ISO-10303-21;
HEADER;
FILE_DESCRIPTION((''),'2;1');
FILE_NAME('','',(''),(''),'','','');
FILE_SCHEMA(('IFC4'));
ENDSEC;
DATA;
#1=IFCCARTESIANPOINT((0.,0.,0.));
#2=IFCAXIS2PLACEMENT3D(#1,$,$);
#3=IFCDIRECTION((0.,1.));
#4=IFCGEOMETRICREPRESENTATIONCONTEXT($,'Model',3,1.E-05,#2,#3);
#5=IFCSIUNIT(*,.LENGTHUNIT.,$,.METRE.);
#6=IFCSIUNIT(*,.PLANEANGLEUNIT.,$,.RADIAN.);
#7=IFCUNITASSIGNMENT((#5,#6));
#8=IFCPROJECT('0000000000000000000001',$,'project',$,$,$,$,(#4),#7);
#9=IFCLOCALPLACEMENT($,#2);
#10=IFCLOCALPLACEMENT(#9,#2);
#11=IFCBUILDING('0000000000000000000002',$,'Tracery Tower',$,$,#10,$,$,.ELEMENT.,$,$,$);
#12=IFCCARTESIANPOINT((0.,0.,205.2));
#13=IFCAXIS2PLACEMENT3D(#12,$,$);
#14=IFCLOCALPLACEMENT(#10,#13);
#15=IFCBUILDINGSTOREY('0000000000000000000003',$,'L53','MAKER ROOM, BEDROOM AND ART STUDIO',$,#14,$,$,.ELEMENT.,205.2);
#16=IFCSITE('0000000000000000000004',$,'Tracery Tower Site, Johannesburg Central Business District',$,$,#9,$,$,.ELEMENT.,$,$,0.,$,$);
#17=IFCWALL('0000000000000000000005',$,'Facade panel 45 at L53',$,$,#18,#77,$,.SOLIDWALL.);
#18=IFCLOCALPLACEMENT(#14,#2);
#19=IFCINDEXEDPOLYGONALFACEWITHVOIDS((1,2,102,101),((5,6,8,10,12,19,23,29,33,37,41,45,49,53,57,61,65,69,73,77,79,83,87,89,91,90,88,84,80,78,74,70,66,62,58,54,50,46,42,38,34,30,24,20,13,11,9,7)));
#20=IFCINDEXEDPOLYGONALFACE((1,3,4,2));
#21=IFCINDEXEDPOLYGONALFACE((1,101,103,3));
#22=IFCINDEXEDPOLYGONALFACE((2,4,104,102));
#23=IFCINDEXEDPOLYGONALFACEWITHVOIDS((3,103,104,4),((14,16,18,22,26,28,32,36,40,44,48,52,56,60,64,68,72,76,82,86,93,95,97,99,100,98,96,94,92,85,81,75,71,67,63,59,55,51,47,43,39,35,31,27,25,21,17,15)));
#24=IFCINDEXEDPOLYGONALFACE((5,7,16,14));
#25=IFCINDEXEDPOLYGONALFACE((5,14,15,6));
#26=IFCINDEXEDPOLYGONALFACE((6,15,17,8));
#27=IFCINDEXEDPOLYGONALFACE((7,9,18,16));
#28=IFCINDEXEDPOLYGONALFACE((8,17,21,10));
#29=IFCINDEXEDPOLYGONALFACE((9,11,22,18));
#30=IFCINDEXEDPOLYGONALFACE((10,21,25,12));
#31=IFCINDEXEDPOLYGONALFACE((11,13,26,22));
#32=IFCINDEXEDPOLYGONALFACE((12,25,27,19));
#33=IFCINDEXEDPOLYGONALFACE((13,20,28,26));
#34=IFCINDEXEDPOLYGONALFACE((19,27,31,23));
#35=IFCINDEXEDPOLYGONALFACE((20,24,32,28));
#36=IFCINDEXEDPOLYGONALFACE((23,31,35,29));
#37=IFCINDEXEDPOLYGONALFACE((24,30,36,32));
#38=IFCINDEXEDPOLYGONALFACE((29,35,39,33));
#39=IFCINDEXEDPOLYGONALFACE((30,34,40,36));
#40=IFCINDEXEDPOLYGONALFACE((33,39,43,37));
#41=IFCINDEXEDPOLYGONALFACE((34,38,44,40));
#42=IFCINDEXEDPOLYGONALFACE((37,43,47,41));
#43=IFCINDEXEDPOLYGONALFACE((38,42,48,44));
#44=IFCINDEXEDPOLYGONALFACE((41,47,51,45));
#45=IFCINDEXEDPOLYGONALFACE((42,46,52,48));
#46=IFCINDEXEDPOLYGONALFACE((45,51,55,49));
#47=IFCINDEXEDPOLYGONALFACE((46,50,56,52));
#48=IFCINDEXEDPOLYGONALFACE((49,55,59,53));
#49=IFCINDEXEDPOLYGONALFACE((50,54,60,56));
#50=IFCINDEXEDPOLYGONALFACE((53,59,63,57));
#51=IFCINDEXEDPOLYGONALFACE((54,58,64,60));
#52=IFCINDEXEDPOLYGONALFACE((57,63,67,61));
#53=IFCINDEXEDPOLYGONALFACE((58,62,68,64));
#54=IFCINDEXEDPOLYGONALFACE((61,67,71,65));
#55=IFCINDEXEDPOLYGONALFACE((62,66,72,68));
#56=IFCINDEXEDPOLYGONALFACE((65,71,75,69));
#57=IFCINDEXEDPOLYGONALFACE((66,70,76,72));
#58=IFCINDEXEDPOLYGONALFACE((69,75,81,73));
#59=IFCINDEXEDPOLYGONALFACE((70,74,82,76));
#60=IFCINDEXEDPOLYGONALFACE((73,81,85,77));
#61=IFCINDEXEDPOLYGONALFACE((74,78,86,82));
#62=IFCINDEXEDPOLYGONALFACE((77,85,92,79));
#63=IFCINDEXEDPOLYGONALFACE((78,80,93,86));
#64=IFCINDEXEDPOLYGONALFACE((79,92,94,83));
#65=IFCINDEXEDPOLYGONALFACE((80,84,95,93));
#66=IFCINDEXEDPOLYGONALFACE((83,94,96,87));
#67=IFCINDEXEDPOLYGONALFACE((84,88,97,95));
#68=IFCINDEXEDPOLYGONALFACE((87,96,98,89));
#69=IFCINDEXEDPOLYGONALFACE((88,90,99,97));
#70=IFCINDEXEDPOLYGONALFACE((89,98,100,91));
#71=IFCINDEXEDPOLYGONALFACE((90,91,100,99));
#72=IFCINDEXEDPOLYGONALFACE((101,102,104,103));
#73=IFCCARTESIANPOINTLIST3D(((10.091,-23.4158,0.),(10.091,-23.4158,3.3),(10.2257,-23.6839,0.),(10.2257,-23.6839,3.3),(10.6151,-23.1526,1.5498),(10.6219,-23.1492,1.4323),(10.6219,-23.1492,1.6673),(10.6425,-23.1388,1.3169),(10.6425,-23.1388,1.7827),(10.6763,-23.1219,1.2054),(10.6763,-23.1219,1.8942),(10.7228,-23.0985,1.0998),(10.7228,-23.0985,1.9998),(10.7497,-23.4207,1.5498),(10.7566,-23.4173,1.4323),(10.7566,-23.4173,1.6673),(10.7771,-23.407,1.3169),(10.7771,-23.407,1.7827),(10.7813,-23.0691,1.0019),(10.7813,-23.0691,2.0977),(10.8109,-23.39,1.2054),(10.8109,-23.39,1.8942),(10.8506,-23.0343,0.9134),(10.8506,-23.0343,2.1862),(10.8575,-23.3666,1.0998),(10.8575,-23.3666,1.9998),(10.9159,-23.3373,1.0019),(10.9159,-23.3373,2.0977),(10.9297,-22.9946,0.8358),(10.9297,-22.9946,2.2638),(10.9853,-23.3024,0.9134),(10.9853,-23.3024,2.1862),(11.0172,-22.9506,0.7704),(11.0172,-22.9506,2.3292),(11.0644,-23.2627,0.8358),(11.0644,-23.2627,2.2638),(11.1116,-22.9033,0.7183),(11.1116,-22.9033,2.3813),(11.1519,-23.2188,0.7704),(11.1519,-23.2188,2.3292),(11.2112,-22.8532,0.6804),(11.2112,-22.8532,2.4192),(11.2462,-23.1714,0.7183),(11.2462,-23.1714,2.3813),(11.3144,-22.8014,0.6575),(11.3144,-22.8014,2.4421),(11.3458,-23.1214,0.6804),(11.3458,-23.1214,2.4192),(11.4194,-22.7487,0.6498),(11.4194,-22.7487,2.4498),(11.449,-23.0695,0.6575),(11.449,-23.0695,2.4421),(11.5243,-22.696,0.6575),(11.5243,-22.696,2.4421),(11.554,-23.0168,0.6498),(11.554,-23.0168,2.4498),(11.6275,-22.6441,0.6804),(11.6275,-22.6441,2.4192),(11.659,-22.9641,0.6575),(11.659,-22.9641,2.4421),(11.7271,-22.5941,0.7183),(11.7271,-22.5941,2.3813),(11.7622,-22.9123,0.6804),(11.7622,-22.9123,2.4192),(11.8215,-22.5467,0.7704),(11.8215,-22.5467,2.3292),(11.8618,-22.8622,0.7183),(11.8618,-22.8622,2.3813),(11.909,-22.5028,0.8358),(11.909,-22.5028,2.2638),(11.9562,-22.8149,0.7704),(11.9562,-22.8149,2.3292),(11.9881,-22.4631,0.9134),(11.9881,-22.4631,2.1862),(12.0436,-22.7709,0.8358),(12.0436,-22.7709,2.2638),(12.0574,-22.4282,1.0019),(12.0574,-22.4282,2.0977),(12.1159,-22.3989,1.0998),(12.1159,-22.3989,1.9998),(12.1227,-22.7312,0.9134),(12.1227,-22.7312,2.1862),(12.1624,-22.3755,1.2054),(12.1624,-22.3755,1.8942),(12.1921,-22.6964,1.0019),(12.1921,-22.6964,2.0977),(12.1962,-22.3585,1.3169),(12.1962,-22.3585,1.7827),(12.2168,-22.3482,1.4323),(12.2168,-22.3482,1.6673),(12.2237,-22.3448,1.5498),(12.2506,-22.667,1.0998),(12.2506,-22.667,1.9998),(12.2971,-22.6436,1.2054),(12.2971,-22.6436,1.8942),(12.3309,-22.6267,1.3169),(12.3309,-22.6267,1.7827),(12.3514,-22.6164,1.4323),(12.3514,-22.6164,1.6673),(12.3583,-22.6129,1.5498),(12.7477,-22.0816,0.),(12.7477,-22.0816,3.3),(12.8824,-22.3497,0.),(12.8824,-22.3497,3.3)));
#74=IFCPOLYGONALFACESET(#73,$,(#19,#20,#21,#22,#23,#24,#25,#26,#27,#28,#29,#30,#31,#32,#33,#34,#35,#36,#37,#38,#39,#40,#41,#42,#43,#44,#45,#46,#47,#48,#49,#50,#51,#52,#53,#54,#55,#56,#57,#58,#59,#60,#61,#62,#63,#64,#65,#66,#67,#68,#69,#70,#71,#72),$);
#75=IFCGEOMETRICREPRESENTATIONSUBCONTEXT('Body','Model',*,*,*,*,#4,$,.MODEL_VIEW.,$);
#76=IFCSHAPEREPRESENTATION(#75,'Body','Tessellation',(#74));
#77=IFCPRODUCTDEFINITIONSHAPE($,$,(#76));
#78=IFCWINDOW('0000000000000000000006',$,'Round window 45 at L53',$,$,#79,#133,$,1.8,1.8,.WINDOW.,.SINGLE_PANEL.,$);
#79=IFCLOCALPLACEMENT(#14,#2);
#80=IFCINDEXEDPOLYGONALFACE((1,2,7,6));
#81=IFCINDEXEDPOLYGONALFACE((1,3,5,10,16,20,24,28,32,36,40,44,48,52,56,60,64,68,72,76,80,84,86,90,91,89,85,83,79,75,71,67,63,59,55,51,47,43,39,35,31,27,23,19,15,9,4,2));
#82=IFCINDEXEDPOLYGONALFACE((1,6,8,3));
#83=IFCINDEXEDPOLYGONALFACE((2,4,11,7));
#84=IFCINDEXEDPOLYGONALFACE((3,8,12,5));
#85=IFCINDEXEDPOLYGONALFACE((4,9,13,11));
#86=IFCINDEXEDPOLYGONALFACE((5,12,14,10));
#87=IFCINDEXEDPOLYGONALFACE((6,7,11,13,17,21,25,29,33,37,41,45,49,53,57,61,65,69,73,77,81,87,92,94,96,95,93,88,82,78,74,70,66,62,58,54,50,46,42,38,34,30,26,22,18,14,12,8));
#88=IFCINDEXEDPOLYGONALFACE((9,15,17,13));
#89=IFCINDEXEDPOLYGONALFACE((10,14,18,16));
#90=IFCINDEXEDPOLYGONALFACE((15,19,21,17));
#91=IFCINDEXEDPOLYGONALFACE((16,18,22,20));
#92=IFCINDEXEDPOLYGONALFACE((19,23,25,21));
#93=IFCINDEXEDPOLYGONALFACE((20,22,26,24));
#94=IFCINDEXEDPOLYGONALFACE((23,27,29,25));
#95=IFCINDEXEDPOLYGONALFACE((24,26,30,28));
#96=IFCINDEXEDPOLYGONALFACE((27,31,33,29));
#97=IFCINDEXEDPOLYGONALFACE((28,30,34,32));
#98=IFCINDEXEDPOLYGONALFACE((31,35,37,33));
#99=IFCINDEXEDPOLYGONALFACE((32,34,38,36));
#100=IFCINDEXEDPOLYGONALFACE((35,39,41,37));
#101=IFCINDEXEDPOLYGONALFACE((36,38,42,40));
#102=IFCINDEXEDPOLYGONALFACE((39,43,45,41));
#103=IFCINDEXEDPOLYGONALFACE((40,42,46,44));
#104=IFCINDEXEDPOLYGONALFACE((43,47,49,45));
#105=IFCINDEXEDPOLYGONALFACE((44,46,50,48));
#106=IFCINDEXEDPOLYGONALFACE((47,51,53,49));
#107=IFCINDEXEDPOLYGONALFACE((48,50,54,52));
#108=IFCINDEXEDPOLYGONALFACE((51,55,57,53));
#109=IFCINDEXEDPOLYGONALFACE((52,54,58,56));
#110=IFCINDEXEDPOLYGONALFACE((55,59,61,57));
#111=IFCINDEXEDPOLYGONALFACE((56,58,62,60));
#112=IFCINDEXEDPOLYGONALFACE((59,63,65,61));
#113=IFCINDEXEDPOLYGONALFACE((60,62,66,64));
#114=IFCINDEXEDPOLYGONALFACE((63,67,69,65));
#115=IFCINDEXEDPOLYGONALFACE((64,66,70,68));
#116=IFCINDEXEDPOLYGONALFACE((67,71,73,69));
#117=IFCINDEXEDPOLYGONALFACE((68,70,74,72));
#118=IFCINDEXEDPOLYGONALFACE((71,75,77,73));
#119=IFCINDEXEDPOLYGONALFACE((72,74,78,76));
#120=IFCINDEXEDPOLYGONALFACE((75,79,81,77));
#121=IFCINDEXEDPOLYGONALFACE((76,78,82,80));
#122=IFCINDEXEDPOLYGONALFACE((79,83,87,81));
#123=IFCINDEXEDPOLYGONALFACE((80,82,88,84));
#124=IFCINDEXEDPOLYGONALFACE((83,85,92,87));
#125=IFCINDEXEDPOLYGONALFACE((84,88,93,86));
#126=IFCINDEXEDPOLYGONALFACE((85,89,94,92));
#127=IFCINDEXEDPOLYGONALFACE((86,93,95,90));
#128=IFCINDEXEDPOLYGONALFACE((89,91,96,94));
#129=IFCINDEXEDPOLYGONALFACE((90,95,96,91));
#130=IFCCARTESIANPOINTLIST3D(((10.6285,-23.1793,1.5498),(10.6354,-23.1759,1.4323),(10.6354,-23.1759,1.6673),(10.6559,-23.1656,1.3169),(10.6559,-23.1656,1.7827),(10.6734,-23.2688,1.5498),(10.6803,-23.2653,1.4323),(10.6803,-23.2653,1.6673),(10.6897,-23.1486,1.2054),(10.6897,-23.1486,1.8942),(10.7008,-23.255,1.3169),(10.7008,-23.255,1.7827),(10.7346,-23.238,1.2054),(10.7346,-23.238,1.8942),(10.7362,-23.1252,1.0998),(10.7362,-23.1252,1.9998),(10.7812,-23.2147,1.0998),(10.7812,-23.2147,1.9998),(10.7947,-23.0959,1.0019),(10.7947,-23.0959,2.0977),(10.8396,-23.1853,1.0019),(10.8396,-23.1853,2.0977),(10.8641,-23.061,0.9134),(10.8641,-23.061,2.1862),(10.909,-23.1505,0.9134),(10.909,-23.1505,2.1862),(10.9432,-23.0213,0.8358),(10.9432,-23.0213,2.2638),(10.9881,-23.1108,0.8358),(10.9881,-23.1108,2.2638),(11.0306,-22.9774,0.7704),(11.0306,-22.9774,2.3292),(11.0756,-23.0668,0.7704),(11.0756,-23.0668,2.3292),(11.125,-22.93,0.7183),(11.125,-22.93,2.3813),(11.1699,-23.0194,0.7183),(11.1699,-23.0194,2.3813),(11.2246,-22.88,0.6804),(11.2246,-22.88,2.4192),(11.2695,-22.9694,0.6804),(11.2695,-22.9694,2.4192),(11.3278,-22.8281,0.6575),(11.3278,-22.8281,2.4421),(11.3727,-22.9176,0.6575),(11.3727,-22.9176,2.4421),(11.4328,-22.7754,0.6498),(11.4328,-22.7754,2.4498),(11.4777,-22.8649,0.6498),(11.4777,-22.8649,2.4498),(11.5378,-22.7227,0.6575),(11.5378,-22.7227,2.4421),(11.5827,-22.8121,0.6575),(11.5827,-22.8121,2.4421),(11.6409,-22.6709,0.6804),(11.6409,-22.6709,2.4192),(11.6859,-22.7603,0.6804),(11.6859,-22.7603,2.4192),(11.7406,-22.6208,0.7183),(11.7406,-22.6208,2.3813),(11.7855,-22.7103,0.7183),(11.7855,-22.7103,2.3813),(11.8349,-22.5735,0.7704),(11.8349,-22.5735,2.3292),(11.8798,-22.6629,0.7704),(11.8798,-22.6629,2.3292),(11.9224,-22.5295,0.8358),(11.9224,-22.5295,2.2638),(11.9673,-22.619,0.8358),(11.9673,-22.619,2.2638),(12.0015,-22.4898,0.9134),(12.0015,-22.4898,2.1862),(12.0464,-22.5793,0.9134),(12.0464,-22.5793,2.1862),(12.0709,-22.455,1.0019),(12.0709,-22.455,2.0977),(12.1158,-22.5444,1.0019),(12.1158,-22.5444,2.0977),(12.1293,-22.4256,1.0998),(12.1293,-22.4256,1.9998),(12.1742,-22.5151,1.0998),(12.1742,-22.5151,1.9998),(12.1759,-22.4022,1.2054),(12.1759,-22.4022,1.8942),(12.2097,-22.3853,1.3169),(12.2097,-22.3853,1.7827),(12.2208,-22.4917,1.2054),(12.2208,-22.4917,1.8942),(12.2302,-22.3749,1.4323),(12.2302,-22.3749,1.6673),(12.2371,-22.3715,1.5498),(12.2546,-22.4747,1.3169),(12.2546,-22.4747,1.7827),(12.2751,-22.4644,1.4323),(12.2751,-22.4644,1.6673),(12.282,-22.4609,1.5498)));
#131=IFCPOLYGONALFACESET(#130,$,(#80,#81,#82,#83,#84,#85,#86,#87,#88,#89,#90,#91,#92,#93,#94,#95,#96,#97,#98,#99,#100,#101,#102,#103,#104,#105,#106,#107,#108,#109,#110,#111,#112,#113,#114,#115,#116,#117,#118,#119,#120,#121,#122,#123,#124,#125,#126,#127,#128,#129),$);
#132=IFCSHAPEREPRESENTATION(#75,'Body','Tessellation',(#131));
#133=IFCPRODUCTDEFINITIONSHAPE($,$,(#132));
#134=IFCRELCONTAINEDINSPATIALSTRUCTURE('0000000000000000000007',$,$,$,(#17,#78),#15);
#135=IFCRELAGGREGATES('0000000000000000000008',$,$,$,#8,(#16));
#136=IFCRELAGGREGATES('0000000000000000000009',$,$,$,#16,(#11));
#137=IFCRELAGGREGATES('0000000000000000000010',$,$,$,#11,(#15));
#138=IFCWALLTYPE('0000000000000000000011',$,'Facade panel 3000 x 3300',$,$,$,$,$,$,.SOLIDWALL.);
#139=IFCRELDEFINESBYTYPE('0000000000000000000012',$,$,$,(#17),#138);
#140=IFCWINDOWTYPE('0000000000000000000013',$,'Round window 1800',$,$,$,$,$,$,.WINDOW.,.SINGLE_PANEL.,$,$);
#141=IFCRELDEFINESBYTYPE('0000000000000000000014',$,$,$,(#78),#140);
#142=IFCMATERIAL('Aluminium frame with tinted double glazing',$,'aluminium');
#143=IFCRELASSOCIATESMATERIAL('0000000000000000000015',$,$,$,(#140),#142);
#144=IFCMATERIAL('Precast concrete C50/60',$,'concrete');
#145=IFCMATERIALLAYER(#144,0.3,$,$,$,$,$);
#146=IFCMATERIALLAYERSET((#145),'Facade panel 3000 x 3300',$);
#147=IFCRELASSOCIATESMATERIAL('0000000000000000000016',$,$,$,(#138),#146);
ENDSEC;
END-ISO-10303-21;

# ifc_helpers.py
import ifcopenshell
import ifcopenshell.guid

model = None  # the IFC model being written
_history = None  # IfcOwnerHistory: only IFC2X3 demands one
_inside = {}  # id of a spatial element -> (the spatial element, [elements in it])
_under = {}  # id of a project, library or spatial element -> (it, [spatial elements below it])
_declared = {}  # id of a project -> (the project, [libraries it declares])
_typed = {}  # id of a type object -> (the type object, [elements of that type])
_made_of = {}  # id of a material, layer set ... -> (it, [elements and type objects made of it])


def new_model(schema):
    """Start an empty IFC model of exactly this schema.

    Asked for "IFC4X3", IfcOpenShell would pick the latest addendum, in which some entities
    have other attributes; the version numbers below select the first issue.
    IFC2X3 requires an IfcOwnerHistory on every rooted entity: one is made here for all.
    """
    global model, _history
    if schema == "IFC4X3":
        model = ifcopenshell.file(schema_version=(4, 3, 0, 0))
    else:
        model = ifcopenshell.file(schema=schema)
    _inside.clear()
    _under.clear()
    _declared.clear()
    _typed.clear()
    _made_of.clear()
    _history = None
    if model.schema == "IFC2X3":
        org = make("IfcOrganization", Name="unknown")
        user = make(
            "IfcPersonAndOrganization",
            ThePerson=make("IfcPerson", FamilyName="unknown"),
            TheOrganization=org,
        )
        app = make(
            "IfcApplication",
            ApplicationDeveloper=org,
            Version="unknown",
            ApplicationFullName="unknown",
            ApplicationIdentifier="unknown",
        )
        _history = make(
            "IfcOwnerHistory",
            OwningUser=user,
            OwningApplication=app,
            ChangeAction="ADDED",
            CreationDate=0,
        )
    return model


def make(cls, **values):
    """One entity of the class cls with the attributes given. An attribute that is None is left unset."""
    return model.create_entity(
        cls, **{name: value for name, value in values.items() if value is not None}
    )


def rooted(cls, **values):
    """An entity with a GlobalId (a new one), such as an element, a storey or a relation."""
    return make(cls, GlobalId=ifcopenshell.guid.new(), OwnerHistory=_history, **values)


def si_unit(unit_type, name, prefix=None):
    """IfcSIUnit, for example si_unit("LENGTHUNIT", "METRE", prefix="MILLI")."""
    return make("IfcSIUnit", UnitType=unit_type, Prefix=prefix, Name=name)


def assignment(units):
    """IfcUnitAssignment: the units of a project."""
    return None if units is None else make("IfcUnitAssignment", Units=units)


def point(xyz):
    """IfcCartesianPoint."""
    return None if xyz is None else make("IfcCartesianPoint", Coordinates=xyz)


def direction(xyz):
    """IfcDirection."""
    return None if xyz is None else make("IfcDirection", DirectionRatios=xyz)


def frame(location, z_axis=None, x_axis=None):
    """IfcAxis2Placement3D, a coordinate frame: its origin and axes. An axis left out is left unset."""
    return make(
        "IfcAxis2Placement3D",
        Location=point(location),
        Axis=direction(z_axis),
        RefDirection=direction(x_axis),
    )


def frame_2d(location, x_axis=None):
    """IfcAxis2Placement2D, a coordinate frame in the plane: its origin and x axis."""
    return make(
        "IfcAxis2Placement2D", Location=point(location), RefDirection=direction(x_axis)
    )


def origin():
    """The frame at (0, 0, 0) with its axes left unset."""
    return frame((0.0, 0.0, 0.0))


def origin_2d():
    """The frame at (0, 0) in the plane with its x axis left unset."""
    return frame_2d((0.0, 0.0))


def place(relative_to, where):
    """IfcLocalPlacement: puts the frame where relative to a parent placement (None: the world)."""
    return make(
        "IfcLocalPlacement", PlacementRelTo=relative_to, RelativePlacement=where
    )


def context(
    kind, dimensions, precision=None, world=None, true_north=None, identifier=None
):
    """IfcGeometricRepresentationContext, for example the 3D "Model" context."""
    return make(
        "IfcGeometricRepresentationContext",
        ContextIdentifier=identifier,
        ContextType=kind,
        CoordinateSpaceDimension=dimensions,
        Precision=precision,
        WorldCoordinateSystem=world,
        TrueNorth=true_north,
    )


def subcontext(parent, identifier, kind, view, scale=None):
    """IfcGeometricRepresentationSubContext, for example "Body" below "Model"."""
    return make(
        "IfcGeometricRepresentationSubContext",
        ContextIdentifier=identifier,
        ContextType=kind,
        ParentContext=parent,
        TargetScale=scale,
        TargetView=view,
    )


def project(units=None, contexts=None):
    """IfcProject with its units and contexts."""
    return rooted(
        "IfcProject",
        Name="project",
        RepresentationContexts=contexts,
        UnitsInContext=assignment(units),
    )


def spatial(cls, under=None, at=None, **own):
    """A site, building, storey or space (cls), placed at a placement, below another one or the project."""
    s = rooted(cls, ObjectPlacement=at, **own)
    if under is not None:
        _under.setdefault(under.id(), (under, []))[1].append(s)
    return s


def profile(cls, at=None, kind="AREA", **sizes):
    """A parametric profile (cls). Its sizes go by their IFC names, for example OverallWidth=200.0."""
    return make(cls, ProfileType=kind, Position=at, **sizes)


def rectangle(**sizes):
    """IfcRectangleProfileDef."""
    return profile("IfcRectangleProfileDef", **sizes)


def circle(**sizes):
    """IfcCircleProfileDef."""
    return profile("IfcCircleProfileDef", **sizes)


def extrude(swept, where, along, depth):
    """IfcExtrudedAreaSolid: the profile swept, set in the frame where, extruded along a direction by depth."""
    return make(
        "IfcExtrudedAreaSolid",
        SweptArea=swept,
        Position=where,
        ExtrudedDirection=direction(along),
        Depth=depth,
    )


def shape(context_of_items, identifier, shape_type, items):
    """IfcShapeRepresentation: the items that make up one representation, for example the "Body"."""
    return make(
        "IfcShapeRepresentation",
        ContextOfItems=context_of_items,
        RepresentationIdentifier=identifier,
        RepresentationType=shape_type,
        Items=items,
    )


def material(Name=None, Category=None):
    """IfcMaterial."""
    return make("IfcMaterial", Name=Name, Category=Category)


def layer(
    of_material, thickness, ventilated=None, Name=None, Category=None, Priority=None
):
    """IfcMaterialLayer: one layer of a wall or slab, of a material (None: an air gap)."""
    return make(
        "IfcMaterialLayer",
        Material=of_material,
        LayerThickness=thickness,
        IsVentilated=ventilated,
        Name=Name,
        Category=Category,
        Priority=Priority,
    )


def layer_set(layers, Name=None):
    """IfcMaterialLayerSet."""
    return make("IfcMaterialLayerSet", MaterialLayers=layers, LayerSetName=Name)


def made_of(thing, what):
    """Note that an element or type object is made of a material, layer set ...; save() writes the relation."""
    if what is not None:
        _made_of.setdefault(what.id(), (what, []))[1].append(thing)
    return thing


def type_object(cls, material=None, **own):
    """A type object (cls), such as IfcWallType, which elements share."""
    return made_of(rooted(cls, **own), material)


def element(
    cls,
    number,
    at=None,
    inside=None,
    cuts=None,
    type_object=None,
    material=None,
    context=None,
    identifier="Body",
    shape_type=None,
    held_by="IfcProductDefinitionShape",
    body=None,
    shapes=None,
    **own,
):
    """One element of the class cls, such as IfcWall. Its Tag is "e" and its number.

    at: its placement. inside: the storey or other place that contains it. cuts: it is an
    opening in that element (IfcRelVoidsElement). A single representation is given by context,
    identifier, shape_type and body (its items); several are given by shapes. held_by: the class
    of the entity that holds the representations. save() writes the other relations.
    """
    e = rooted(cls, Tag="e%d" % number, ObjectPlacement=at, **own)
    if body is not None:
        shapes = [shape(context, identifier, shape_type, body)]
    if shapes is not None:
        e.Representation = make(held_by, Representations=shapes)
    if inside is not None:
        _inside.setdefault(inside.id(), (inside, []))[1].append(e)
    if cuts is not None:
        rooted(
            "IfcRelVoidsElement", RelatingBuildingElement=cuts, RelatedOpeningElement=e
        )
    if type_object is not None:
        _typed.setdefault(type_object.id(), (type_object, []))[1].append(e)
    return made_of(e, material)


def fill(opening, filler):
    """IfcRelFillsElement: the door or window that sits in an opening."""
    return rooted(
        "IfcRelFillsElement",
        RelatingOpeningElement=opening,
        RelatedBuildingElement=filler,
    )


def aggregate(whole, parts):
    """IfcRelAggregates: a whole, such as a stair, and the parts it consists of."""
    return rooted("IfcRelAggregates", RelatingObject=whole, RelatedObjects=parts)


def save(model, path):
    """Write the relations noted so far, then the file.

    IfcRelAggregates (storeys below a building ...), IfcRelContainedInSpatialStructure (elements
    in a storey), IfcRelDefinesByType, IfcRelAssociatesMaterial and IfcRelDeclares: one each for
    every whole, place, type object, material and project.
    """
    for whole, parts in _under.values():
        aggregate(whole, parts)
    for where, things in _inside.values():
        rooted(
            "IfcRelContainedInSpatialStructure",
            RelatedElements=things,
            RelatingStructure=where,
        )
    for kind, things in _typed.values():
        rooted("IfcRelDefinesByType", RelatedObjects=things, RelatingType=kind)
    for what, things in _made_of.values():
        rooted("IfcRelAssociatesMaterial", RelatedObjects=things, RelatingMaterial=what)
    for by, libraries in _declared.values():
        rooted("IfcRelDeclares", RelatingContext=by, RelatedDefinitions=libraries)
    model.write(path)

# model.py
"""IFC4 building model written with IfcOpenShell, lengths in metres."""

from ifc_helpers import new_model, si_unit, direction, frame, frame_2d, origin, origin_2d, place, context, subcontext, project, spatial, rectangle, circle, extrude, material, layer, layer_set, type_object, element, fill, save


model = new_model("IFC4")

# Units and contexts
model_context = context("Model", 3, precision=1e-05, world=origin(), true_north=direction((0.0, 1.0)))
body_context = subcontext(model_context, "Body", "Model", "MODEL_VIEW")
ifc_project = project(units=[si_unit("LENGTHUNIT", "METRE"), si_unit("PLANEANGLEUNIT", "RADIAN")], contexts=[model_context])

# Site, building, storey
site_placement = place(None, origin())
site = spatial("IfcSite", under=ifc_project, at=site_placement, Name="Tracery Tower Site, Johannesburg Central Business District", CompositionType="ELEMENT", RefElevation=0.0)
building_placement = place(site_placement, origin())
building = spatial("IfcBuilding", under=site, at=building_placement, Name="Tracery Tower", CompositionType="ELEMENT")
storey_placement = place(building_placement, frame((0.0, 0.0, 205.2)))
storey = spatial("IfcBuildingStorey", under=building, at=storey_placement, Name="L53", Description="MAKER ROOM, BEDROOM AND ART STUDIO", CompositionType="ELEMENT", Elevation=205.2)

# Wall, opening, window
ifc_material_1 = material(Name="Aluminium frame with tinted double glazing", Category="aluminium")
window_type = type_object("IfcWindowType", Name="Round window 1800", PartitioningType="SINGLE_PANEL", PredefinedType="WINDOW", material=ifc_material_1)
ifc_material_2 = material(Name="Precast concrete C50/60", Category="concrete")
ifc_layer_1 = layer(ifc_material_2, 0.3)
ifc_layer_set_1 = layer_set([ifc_layer_1], Name="Facade panel 3000 x 3300")
wall_type_1 = type_object("IfcWallType", Name="Facade panel 3000 x 3300", PredefinedType="SOLIDWALL", material=ifc_layer_set_1)
wall_1_placement = place(storey_placement, frame((10.1584, -23.5498, 0.0), z_axis=(0.0, 0.0, 1.0), x_axis=(0.893637, 0.44879, 0.0)))
wall_1 = element("IfcWall", 1, at=wall_1_placement, inside=storey, type_object=wall_type_1, Name="Facade panel 45 at L53", PredefinedType="SOLIDWALL", context=body_context, shape_type="SweptSolid", body=[
    extrude(rectangle(XDim=2.9729, YDim=0.3, at=frame_2d((1.4863, 0.0))), origin(), (0.0, 0.0, 1.0), 3.3),
])
opening_1_placement = place(wall_1_placement, frame((1.4863, 0.0, 1.5498)))
opening_1 = element("IfcOpeningElement", 2, at=opening_1_placement, cuts=wall_1, PredefinedType="OPENING", context=body_context, shape_type="SweptSolid", body=[
    extrude(circle(Radius=0.9, at=origin_2d()), frame((0.0, 0.1599, 0.0), z_axis=(0.0, -1.0, 0.0), x_axis=(1.0, 0.0, 0.0)), (0.0, 0.0, 1.0), 0.3201),
])
window_1_placement = place(opening_1_placement, origin())
window_1 = element("IfcWindow", 3, at=window_1_placement, inside=storey, type_object=window_type, Name="Round window 45 at L53", OverallHeight=1.8, OverallWidth=1.8, PartitioningType="SINGLE_PANEL", PredefinedType="WINDOW", context=body_context, shape_type="SweptSolid", body=[
    extrude(circle(Radius=0.9, at=origin_2d()), frame((0.0, 0.1201, 0.0), z_axis=(0.0, -1.0, 0.0), x_axis=(1.0, 0.0, 0.0)), (0.0, 0.0, 1.0), 0.1001),
])
fill(opening_1, window_1)

save(model, "model.ifc")
